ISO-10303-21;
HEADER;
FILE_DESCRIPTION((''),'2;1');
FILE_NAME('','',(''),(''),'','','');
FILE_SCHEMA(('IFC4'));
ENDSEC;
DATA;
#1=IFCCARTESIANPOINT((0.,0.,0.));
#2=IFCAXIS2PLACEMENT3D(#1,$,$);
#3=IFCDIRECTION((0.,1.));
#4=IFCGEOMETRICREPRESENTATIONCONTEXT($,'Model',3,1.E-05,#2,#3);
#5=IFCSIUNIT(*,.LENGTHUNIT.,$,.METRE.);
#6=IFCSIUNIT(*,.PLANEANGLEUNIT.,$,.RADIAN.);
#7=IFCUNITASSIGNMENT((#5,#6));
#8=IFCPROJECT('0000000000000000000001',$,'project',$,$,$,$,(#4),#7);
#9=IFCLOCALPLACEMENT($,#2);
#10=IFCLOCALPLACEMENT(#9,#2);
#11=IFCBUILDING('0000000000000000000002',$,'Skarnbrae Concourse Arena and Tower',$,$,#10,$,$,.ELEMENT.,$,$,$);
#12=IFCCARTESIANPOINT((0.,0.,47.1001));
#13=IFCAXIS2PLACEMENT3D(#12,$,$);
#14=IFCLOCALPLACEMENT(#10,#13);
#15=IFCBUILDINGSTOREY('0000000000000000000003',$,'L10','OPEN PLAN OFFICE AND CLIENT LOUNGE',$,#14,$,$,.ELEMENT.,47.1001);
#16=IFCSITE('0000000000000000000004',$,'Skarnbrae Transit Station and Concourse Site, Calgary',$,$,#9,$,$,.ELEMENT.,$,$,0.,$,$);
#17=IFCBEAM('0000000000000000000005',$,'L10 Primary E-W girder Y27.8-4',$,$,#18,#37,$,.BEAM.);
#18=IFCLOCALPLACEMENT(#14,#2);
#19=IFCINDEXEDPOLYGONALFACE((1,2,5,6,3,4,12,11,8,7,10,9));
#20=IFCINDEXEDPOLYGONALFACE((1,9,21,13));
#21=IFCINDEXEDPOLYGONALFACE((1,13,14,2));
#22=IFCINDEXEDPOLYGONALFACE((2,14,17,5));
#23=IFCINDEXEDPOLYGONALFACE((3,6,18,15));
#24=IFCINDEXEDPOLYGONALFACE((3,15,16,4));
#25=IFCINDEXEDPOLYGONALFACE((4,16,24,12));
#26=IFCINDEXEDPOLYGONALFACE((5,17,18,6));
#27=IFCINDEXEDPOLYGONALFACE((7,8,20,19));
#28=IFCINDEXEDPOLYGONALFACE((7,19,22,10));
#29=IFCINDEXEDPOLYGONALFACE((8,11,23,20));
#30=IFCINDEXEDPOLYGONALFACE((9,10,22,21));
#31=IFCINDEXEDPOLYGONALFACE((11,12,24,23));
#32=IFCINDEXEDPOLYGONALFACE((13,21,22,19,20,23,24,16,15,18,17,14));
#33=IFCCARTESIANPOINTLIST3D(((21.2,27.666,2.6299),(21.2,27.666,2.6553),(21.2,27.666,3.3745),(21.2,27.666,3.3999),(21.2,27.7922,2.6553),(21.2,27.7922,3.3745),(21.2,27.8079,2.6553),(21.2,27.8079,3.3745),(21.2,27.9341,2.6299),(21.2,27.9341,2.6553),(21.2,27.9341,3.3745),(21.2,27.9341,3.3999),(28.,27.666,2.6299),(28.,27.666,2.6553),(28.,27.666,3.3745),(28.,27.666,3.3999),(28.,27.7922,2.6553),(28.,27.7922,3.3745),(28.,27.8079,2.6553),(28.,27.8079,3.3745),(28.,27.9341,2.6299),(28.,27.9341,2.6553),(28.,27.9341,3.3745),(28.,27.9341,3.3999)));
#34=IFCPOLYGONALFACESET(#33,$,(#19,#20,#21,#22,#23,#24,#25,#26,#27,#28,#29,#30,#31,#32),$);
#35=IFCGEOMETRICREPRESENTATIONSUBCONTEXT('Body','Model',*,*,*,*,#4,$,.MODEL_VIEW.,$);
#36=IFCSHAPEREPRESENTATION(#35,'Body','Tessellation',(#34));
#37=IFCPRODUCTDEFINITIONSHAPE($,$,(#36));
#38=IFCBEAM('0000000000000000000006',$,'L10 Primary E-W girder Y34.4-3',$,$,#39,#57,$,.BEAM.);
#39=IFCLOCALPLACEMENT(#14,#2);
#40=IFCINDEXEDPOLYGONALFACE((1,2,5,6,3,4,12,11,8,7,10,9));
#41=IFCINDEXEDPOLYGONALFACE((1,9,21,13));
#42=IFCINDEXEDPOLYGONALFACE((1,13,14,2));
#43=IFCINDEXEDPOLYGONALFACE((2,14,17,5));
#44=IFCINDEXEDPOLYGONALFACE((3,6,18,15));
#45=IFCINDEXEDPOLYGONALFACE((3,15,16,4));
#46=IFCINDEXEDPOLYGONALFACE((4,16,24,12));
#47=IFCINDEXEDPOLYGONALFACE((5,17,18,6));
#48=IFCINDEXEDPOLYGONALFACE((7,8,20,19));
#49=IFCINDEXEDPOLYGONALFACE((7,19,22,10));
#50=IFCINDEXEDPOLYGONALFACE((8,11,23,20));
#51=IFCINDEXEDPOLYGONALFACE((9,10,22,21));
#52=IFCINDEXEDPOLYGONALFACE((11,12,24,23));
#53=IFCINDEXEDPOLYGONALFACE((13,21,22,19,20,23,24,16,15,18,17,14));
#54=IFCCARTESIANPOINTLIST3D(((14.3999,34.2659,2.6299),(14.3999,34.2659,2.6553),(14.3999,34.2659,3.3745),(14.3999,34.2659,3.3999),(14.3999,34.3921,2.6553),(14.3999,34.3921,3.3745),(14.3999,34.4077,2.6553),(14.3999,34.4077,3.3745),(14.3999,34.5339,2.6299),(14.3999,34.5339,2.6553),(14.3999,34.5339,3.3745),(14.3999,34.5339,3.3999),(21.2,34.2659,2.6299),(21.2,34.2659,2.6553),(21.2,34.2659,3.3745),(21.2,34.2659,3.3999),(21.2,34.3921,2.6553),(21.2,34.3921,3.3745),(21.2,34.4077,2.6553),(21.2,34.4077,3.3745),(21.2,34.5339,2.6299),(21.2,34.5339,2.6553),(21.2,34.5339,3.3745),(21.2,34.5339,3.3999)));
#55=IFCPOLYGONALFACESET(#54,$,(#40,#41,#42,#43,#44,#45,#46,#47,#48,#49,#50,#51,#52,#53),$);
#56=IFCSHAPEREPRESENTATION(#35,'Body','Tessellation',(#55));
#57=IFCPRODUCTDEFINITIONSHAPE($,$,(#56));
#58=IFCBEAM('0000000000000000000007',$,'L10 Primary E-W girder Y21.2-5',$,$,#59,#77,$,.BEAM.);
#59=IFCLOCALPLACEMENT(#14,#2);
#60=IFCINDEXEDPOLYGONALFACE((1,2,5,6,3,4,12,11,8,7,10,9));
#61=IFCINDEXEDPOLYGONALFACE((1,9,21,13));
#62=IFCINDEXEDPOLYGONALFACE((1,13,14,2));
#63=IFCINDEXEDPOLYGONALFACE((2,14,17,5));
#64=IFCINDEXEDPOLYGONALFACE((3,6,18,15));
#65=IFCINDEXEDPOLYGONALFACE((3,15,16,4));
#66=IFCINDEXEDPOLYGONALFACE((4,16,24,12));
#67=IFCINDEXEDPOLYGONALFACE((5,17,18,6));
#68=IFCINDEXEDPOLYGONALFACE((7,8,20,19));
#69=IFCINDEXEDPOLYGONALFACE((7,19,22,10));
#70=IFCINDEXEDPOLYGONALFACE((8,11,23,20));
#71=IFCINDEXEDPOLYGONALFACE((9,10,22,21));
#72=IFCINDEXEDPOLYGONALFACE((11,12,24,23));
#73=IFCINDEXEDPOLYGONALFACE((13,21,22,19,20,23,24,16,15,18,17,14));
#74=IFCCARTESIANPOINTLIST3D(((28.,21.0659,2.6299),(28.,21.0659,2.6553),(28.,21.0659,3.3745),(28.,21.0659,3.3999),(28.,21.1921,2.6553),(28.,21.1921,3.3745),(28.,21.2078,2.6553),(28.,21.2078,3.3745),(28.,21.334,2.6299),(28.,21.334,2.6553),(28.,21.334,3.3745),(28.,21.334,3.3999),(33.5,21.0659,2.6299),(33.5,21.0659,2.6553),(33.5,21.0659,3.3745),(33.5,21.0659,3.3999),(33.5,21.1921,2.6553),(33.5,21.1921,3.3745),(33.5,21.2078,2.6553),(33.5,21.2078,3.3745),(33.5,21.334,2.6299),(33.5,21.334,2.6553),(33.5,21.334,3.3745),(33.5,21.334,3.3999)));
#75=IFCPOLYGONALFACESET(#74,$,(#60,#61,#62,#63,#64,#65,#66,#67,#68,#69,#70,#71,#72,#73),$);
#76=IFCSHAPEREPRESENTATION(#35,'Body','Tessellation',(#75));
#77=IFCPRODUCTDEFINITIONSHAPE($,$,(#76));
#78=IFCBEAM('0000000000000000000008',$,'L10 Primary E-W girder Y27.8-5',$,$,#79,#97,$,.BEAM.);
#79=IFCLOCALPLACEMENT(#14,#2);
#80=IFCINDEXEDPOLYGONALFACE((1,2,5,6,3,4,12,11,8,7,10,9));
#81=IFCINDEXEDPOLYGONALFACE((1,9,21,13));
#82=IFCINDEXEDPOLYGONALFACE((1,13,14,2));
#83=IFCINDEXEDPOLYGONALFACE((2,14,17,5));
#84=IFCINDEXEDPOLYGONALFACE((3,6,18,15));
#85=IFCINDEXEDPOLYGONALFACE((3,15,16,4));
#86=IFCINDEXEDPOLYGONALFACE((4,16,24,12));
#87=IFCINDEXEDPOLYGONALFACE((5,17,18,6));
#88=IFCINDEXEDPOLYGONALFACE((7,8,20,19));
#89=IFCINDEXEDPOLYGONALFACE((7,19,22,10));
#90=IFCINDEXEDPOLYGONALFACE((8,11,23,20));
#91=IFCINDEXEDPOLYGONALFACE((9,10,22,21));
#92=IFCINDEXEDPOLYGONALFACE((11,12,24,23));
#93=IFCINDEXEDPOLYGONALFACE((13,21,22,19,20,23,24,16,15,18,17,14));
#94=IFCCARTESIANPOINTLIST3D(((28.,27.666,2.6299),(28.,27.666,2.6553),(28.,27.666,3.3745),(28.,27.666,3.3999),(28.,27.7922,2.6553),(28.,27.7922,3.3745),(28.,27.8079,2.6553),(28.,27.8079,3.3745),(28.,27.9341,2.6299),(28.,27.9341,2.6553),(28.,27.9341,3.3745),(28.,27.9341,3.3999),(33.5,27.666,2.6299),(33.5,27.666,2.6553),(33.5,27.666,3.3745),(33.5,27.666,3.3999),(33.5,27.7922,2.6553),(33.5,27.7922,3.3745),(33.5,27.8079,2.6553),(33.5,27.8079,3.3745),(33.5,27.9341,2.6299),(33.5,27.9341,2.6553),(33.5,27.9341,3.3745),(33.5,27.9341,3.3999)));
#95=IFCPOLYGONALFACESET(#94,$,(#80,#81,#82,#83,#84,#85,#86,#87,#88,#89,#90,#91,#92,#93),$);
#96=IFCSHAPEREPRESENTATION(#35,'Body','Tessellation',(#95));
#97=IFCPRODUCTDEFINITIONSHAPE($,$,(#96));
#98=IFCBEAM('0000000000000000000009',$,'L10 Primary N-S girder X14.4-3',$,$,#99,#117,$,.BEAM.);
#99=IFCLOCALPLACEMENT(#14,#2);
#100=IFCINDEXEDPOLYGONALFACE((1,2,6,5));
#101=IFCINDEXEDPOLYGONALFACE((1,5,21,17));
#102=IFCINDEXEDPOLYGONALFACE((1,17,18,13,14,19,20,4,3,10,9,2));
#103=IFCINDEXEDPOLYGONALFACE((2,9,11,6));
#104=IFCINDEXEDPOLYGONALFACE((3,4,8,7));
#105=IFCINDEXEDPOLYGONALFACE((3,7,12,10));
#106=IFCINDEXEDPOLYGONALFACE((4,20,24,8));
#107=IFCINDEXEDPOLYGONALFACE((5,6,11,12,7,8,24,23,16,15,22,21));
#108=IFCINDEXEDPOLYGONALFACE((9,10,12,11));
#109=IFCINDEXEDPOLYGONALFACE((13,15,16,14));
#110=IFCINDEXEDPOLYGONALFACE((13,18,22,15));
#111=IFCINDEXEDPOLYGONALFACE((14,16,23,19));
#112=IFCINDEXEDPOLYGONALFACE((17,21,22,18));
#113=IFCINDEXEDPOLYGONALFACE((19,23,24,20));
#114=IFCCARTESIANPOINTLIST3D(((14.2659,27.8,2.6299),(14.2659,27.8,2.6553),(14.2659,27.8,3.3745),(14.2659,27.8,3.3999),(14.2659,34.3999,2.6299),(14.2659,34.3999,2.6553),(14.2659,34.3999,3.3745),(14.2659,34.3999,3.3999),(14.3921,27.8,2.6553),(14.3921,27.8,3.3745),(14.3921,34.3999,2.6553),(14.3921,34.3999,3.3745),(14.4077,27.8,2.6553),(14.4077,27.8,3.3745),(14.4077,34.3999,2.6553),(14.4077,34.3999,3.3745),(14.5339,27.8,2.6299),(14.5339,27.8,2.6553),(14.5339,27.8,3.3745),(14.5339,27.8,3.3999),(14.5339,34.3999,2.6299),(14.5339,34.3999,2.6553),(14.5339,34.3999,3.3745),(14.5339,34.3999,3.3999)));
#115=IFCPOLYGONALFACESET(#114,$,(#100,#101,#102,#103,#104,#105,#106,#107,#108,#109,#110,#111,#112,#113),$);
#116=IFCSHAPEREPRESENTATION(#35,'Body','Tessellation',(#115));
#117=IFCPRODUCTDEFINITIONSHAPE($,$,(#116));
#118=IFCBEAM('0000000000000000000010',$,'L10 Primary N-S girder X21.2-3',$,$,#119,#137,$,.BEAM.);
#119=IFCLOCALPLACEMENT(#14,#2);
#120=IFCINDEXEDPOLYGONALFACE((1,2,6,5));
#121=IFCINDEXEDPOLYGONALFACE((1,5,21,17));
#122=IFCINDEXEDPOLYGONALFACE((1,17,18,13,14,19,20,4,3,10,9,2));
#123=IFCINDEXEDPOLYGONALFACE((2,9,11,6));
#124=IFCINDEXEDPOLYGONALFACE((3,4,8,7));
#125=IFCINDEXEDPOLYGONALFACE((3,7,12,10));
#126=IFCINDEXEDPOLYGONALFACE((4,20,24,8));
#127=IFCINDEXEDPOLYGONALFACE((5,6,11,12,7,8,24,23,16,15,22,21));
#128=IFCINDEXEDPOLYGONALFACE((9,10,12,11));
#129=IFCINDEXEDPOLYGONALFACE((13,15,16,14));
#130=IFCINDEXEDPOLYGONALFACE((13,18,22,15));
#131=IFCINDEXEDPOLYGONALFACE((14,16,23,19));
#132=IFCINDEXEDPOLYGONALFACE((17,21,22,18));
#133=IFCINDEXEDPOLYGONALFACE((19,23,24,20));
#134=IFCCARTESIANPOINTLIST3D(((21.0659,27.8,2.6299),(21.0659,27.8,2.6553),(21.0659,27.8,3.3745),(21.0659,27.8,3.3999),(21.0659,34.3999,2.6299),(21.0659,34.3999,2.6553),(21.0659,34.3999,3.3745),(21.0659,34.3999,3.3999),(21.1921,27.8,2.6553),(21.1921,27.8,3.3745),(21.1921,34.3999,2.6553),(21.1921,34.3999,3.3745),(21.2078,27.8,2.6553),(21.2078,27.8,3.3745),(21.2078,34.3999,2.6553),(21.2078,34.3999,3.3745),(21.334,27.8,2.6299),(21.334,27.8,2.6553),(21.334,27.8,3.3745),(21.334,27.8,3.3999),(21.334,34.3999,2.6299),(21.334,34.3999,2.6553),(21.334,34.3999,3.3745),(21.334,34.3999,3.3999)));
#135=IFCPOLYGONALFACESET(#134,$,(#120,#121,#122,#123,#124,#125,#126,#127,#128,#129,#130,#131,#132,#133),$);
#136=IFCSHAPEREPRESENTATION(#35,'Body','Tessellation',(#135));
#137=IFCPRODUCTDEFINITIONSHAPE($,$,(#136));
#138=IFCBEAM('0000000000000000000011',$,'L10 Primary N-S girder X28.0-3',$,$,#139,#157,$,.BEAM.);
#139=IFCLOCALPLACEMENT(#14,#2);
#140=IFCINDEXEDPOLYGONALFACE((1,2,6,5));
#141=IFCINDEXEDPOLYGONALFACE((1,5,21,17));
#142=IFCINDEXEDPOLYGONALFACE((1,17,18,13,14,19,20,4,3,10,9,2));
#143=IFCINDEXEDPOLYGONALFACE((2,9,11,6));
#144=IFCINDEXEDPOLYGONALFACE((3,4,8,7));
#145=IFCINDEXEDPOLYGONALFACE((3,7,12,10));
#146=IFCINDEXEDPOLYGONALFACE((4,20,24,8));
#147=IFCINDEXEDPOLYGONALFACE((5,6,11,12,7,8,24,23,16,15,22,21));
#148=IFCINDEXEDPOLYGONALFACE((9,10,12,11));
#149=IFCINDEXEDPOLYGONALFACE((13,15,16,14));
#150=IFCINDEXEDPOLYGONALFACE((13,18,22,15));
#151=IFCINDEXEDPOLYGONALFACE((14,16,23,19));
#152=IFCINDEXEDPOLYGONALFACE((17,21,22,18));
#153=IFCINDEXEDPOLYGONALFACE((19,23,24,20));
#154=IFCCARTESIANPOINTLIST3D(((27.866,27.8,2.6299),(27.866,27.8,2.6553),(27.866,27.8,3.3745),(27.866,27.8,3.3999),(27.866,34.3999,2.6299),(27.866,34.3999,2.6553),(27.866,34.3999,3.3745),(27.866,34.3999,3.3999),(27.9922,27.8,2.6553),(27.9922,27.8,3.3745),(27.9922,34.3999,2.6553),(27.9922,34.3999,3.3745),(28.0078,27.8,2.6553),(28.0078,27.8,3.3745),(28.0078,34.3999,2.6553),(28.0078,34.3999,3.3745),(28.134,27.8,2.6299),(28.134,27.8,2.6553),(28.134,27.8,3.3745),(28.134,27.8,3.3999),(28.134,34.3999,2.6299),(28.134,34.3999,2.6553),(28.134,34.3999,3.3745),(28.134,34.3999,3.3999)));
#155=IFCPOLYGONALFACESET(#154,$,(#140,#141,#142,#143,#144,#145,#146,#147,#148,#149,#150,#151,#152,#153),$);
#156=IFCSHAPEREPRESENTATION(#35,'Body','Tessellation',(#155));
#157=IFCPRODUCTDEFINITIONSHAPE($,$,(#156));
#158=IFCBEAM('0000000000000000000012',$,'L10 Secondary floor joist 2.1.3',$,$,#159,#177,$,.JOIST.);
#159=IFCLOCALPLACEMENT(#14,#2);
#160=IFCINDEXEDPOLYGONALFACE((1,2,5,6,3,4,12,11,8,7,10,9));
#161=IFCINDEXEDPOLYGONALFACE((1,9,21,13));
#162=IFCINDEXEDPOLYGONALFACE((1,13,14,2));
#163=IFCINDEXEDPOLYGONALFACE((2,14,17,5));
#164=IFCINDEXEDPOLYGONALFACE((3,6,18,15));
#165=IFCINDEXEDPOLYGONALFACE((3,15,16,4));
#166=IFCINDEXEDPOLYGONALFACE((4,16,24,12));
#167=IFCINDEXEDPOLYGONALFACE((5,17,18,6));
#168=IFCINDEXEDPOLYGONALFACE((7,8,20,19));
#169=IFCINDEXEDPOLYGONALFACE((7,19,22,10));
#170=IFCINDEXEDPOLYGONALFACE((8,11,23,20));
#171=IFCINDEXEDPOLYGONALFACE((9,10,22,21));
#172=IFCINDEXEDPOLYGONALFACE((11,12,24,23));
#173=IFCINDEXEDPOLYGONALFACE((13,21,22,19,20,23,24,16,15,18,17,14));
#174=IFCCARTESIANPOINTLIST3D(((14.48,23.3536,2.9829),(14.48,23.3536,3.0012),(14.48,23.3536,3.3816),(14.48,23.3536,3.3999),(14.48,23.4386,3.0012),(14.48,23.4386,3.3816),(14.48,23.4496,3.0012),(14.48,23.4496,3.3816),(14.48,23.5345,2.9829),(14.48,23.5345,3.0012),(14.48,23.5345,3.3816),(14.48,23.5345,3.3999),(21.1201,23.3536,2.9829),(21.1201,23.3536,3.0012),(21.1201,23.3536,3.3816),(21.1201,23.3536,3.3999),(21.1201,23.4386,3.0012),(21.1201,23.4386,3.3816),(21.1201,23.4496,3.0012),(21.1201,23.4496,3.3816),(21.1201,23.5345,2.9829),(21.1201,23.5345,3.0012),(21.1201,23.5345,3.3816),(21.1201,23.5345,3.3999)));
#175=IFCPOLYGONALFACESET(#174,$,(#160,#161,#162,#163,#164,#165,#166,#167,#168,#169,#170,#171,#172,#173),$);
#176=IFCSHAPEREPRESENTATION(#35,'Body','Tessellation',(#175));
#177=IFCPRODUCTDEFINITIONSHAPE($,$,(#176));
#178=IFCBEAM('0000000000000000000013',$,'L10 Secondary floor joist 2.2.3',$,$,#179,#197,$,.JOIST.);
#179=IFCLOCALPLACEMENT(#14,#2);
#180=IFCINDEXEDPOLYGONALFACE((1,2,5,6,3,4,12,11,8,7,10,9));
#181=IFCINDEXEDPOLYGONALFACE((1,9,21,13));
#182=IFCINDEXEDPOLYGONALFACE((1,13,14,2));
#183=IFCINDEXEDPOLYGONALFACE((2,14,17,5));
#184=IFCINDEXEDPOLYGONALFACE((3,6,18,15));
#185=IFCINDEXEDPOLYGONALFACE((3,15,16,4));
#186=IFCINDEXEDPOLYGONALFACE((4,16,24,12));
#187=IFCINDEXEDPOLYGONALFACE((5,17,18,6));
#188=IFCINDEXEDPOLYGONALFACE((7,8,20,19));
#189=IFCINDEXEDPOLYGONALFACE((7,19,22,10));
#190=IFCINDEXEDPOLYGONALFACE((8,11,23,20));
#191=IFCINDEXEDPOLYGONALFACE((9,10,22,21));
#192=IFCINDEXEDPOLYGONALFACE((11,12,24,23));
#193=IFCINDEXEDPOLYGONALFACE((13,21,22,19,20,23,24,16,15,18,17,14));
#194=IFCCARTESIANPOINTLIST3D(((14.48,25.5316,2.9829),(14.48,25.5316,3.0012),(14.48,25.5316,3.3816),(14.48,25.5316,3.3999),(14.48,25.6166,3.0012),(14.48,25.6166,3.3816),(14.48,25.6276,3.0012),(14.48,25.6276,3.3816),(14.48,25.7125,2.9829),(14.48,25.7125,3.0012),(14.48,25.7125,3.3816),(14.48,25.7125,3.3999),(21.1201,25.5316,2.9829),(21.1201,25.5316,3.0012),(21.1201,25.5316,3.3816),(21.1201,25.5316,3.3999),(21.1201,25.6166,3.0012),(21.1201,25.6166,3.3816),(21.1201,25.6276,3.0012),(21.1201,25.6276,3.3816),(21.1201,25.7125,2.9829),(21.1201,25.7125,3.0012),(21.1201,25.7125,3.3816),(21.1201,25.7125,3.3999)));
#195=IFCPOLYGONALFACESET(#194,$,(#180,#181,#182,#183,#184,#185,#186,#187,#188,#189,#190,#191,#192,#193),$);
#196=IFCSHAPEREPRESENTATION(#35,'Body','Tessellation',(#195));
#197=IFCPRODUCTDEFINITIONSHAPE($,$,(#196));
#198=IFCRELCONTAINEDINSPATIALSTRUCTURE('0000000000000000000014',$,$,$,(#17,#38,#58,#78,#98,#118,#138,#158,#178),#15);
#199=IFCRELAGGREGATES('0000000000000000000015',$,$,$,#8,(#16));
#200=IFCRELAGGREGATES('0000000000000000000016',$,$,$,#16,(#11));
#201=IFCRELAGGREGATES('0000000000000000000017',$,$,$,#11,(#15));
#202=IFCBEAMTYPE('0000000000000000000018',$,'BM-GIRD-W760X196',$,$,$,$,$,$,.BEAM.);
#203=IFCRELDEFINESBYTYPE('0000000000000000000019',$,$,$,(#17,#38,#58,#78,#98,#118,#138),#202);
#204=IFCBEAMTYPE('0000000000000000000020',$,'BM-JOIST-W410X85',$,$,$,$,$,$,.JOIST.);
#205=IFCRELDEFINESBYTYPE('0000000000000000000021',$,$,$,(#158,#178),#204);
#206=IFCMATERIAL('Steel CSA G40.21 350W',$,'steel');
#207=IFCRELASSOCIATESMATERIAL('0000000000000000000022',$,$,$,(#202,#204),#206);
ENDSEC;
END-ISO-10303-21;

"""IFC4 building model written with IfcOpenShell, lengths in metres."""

from ifc_helpers import new_model, si_unit, direction, frame, origin, origin_2d, place, context, subcontext, project, spatial, i_section, extrude, source, transform, mapped, material, material_profile, profile_set, type_object, element, save


model = new_model("IFC4")

# Units and contexts
model_context = context("Model", 3, precision=1e-05, world=origin(), true_north=direction((0.0, 1.0)))
body_context = subcontext(model_context, "Body", "Model", "MODEL_VIEW")
ifc_project = project(units=[si_unit("LENGTHUNIT", "METRE"), si_unit("PLANEANGLEUNIT", "RADIAN")], contexts=[model_context])

# Site, building, storey
site_placement = place(None, origin())
site = spatial("IfcSite", under=ifc_project, at=site_placement, Name="Skarnbrae Transit Station and Concourse Site, Calgary", CompositionType="ELEMENT", RefElevation=0.0)
building_placement = place(site_placement, origin())
building = spatial("IfcBuilding", under=site, at=building_placement, Name="Skarnbrae Concourse Arena and Tower", CompositionType="ELEMENT")
storey_placement = place(building_placement, frame((0.0, 0.0, 47.1001)))
storey = spatial("IfcBuildingStorey", under=building, at=storey_placement, Name="L10", Description="OPEN PLAN OFFICE AND CLIENT LOUNGE", CompositionType="ELEMENT", Elevation=47.1001)

# Shared definitions
ifc_material_1 = material(Name="Steel CSA G40.21 350W", Category="steel")

# Beams
ifc_material_profile_1 = material_profile(ifc_material_1, i_section(OverallWidth=0.2681, OverallDepth=0.77, WebThickness=0.0156, FlangeThickness=0.0254, at=origin_2d()), Name="W760X196")
ifc_profile_set_1 = profile_set([ifc_material_profile_1], Name="Steel CSA G40.21 350W")
beam_type_1 = type_object("IfcBeamType", Name="BM-GIRD-W760X196", PredefinedType="BEAM", material=ifc_profile_set_1)
shared_shape_1 = source(origin(), body_context, "Body", "SweptSolid", [
    extrude(i_section(OverallWidth=0.2681, OverallDepth=0.77, WebThickness=0.0156, FlangeThickness=0.0254, at=origin_2d()), origin(), (0.0, 0.0, 1.0), 6.8),
])
for number, where, z_axis, x_axis, name in (
    (1, (21.2, 27.8, 3.0149), (1.0, 0.0, 0.0), (0.0, 1.0, 0.0), "L10 Primary E-W girder Y27.8-4"),
    (2, (14.3999, 34.3999, 3.0149), (1.0, 0.0, 0.0), (0.0, 1.0, 0.0), "L10 Primary E-W girder Y34.4-3"),
):
    element("IfcBeam", number, at=place(storey_placement, frame(where, z_axis=z_axis, x_axis=x_axis)), inside=storey, type_object=beam_type_1, Name=name, PredefinedType="BEAM", context=body_context, shape_type="MappedRepresentation", body=[
        mapped(shared_shape_1, transform((0.0, 0.0, 0.0))),
    ])
shared_shape_2 = source(origin(), body_context, "Body", "SweptSolid", [
    extrude(i_section(OverallWidth=0.2681, OverallDepth=0.77, WebThickness=0.0156, FlangeThickness=0.0254, at=origin_2d()), origin(), (0.0, 0.0, 1.0), 5.5),
])
for number, where, z_axis, x_axis, name in (
    (3, (28.0, 21.2, 3.0149), (1.0, 0.0, 0.0), (0.0, 1.0, 0.0), "L10 Primary E-W girder Y21.2-5"),
    (4, (28.0, 27.8, 3.0149), (1.0, 0.0, 0.0), (0.0, 1.0, 0.0), "L10 Primary E-W girder Y27.8-5"),
):
    element("IfcBeam", number, at=place(storey_placement, frame(where, z_axis=z_axis, x_axis=x_axis)), inside=storey, type_object=beam_type_1, Name=name, PredefinedType="BEAM", context=body_context, shape_type="MappedRepresentation", body=[
        mapped(shared_shape_2, transform((0.0, 0.0, 0.0))),
    ])
shared_shape_3 = source(origin(), body_context, "Body", "SweptSolid", [
    extrude(i_section(OverallWidth=0.2681, OverallDepth=0.77, WebThickness=0.0156, FlangeThickness=0.0254, at=origin_2d()), origin(), (0.0, 0.0, 1.0), 6.5999),
])
for number, where, z_axis, x_axis, name in (
    (5, (14.3999, 27.8, 3.0149), (0.0, 1.0, 0.0), (-1.0, 0.0, 0.0), "L10 Primary N-S girder X14.4-3"),
    (6, (21.2, 27.8, 3.0149), (0.0, 1.0, 0.0), (-1.0, 0.0, 0.0), "L10 Primary N-S girder X21.2-3"),
    (7, (28.0, 27.8, 3.0149), (0.0, 1.0, 0.0), (-1.0, 0.0, 0.0), "L10 Primary N-S girder X28.0-3"),
):
    element("IfcBeam", number, at=place(storey_placement, frame(where, z_axis=z_axis, x_axis=x_axis)), inside=storey, type_object=beam_type_1, Name=name, PredefinedType="BEAM", context=body_context, shape_type="MappedRepresentation", body=[
        mapped(shared_shape_3, transform((0.0, 0.0, 0.0))),
    ])
ifc_material_profile_2 = material_profile(ifc_material_1, i_section(OverallWidth=0.1809, OverallDepth=0.417, WebThickness=0.011, FlangeThickness=0.0183, at=origin_2d()), Name="W410X85")
ifc_profile_set_2 = profile_set([ifc_material_profile_2], Name="Steel CSA G40.21 350W")
beam_type_2 = type_object("IfcBeamType", Name="BM-JOIST-W410X85", PredefinedType="JOIST", material=ifc_profile_set_2)
shared_shape_4 = source(origin(), body_context, "Body", "SweptSolid", [
    extrude(i_section(OverallWidth=0.1809, OverallDepth=0.417, WebThickness=0.011, FlangeThickness=0.0183, at=origin_2d()), origin(), (0.0, 0.0, 1.0), 6.6401),
])
for number, where, z_axis, x_axis, name in (
    (8, (14.48, 23.4441, 3.1914), (1.0, 0.0, 0.0), (0.0, 1.0, 0.0), "L10 Secondary floor joist 2.1.3"),
    (9, (14.48, 25.6221, 3.1914), (1.0, 0.0, 0.0), (0.0, 1.0, 0.0), "L10 Secondary floor joist 2.2.3"),
):
    element("IfcBeam", number, at=place(storey_placement, frame(where, z_axis=z_axis, x_axis=x_axis)), inside=storey, type_object=beam_type_2, Name=name, PredefinedType="JOIST", context=body_context, shape_type="MappedRepresentation", body=[
        mapped(shared_shape_4, transform((0.0, 0.0, 0.0))),
    ])

save(model, "model.ifc")
